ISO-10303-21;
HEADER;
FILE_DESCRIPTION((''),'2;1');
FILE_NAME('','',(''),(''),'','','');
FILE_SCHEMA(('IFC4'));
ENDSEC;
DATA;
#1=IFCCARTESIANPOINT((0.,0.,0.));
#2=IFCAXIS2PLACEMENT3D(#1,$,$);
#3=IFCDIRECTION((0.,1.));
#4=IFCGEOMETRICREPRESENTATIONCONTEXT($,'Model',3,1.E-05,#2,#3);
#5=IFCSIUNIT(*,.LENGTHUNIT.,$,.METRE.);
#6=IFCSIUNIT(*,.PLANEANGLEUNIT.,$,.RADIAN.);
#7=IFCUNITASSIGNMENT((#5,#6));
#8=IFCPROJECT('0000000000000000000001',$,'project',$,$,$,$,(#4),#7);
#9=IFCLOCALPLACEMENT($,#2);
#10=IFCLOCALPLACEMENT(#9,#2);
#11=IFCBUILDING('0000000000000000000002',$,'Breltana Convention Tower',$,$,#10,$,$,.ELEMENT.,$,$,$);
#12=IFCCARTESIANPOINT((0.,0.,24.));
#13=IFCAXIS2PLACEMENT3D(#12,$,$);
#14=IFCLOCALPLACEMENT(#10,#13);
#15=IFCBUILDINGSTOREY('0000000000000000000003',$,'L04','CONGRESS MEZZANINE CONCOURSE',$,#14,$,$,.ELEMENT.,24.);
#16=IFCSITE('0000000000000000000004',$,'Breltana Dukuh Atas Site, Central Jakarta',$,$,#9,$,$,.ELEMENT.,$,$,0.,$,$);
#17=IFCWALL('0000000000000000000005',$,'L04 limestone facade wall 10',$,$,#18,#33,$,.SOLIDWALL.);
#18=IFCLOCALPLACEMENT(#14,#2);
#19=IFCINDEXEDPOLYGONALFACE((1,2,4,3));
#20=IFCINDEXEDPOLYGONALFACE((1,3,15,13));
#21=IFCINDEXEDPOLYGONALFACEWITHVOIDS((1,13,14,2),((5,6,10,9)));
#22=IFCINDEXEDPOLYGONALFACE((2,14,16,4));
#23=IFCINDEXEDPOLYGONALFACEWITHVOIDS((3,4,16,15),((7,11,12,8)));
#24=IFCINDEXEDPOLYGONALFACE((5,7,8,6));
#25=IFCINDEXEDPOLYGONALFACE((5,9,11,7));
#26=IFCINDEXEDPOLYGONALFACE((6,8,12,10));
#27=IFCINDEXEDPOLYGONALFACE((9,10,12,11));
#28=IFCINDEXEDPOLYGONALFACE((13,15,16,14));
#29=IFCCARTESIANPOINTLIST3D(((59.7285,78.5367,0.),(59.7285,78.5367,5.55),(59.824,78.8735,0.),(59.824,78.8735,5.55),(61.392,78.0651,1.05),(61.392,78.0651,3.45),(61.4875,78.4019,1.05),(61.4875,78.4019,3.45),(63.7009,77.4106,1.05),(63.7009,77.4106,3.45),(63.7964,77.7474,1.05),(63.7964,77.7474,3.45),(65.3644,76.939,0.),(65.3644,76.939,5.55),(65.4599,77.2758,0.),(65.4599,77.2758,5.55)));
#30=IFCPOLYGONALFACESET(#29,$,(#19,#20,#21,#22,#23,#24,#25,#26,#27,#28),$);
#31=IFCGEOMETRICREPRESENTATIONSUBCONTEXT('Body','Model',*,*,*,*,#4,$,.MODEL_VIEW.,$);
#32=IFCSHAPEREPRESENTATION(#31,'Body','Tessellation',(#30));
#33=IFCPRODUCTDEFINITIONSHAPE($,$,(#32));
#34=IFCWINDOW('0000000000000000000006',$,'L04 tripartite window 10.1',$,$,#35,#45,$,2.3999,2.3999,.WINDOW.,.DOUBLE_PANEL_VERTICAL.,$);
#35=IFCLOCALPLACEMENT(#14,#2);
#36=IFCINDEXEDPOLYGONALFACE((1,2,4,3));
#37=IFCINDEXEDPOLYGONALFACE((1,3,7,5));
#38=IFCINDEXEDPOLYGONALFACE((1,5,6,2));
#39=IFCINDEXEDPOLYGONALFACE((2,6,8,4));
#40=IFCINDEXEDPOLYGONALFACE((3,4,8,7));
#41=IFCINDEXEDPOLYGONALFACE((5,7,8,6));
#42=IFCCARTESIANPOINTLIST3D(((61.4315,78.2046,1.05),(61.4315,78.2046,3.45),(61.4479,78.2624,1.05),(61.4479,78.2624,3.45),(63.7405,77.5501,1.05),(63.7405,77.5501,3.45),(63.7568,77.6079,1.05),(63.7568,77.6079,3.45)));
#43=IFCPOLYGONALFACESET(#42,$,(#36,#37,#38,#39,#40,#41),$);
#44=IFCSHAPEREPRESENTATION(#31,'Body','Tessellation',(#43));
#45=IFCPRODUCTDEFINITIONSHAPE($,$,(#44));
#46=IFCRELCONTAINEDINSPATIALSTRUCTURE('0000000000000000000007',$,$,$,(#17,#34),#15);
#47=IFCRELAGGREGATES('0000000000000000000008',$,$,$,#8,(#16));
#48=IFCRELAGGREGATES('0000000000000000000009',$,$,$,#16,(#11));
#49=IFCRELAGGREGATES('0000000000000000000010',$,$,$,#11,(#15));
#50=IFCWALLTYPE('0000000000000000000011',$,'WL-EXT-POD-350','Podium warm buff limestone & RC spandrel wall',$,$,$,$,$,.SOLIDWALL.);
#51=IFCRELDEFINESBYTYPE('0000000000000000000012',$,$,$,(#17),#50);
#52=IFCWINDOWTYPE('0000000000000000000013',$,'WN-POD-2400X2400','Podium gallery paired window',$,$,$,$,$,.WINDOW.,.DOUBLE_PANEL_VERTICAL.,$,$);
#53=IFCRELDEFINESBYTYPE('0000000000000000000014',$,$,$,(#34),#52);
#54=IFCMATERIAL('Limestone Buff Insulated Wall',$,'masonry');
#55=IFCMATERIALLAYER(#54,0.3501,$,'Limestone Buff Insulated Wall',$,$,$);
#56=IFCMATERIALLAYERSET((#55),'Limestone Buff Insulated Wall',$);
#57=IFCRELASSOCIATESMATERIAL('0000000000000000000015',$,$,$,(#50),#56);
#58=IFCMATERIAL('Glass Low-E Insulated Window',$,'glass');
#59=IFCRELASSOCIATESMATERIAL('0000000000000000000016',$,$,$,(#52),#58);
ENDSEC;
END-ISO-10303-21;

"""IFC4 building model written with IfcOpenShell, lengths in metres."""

from ifc_helpers import new_model, si_unit, direction, frame, frame_2d, origin, place, context, subcontext, project, spatial, rectangle, extrude, source, transform, mapped, material, layer, layer_set, type_object, type_shapes, element, fill, save


model = new_model("IFC4")

# Units and contexts
model_context = context("Model", 3, precision=1e-05, world=origin(), true_north=direction((0.0, 1.0)))
body_context = subcontext(model_context, "Body", "Model", "MODEL_VIEW")
ifc_project = project(units=[si_unit("LENGTHUNIT", "METRE"), si_unit("PLANEANGLEUNIT", "RADIAN")], contexts=[model_context])

# Site, building, storey
site_placement = place(None, origin())
site = spatial("IfcSite", under=ifc_project, at=site_placement, Name="Breltana Dukuh Atas Site, Central Jakarta", CompositionType="ELEMENT", RefElevation=0.0)
building_placement = place(site_placement, origin())
building = spatial("IfcBuilding", under=site, at=building_placement, Name="Breltana Convention Tower", CompositionType="ELEMENT")
storey_placement = place(building_placement, frame((0.0, 0.0, 24.0)))
storey = spatial("IfcBuildingStorey", under=building, at=storey_placement, Name="L04", Description="CONGRESS MEZZANINE CONCOURSE", CompositionType="ELEMENT", Elevation=24.0)

# Wall, opening, window
ifc_material_1 = material(Name="Limestone Buff Insulated Wall", Category="masonry")
ifc_layer_1 = layer(ifc_material_1, 0.3501, Name="Limestone Buff Insulated Wall")
ifc_layer_set_1 = layer_set([ifc_layer_1], Name="Limestone Buff Insulated Wall")
wall_type = type_object("IfcWallType", Name="WL-EXT-POD-350", Description="Podium warm buff limestone & RC spandrel wall", PredefinedType="SOLIDWALL", material=ifc_layer_set_1)
shared_shape_1 = source(origin(), body_context, "Body", "SweptSolid", [
    extrude(rectangle(XDim=5.8579, YDim=0.3501, at=frame_2d((2.929, 0.0))), origin(), (0.0, 0.0, 1.0), 5.55),
])
wall_placement = place(storey_placement, frame((65.4121, 77.1074, 0.0), z_axis=(0.0, 0.0, 1.0), x_axis=(-0.962088, 0.272739, 0.0)))
wall = element("IfcWall", 1, at=wall_placement, inside=storey, type_object=wall_type, Name="L04 limestone facade wall 10", PredefinedType="SOLIDWALL", context=body_context, shape_type="MappedRepresentation", body=[
    mapped(shared_shape_1, transform((0.0, 0.0, 0.0), scale=1.0)),
])
opening_placement = place(wall_placement, frame((1.729, 0.0, 1.05)))
opening = element("IfcOpeningElement", 2, at=opening_placement, cuts=wall, PredefinedType="OPENING", context=body_context, shape_type="SweptSolid", body=[
    extrude(rectangle(XDim=2.3999, YDim=2.3999, at=frame_2d((1.2, 1.2))), frame((0.0, 0.1851, 0.0), z_axis=(0.0, -1.0, 0.0), x_axis=(1.0, 0.0, 0.0)), (0.0, 0.0, 1.0), 0.3701),
])
ifc_material_2 = material(Name="Glass Low-E Insulated Window", Category="glass")
window_type = type_object("IfcWindowType", Name="WN-POD-2400X2400", Description="Podium gallery paired window", PartitioningType="DOUBLE_PANEL_VERTICAL", PredefinedType="WINDOW", material=ifc_material_2)
shared_shape_2 = source(origin(), body_context, "Body", "SweptSolid", [
    extrude(rectangle(XDim=2.3999, YDim=2.3999, at=frame_2d((1.2, 1.2))), frame((0.0, 0.03, 0.0), z_axis=(0.0, -1.0, 0.0), x_axis=(1.0, 0.0, 0.0)), (0.0, 0.0, 1.0), 0.0601),
])
type_shapes(window_type, [shared_shape_2])
window_placement = place(opening_placement, origin())
window = element("IfcWindow", 3, at=window_placement, inside=storey, type_object=window_type, Name="L04 tripartite window 10.1", OverallHeight=2.3999, OverallWidth=2.3999, PartitioningType="DOUBLE_PANEL_VERTICAL", PredefinedType="WINDOW", context=body_context, shape_type="MappedRepresentation", body=[
    mapped(shared_shape_2, transform((0.0, 0.0, 0.0), scale=1.0)),
])
fill(opening, window)

save(model, "model.ifc")
